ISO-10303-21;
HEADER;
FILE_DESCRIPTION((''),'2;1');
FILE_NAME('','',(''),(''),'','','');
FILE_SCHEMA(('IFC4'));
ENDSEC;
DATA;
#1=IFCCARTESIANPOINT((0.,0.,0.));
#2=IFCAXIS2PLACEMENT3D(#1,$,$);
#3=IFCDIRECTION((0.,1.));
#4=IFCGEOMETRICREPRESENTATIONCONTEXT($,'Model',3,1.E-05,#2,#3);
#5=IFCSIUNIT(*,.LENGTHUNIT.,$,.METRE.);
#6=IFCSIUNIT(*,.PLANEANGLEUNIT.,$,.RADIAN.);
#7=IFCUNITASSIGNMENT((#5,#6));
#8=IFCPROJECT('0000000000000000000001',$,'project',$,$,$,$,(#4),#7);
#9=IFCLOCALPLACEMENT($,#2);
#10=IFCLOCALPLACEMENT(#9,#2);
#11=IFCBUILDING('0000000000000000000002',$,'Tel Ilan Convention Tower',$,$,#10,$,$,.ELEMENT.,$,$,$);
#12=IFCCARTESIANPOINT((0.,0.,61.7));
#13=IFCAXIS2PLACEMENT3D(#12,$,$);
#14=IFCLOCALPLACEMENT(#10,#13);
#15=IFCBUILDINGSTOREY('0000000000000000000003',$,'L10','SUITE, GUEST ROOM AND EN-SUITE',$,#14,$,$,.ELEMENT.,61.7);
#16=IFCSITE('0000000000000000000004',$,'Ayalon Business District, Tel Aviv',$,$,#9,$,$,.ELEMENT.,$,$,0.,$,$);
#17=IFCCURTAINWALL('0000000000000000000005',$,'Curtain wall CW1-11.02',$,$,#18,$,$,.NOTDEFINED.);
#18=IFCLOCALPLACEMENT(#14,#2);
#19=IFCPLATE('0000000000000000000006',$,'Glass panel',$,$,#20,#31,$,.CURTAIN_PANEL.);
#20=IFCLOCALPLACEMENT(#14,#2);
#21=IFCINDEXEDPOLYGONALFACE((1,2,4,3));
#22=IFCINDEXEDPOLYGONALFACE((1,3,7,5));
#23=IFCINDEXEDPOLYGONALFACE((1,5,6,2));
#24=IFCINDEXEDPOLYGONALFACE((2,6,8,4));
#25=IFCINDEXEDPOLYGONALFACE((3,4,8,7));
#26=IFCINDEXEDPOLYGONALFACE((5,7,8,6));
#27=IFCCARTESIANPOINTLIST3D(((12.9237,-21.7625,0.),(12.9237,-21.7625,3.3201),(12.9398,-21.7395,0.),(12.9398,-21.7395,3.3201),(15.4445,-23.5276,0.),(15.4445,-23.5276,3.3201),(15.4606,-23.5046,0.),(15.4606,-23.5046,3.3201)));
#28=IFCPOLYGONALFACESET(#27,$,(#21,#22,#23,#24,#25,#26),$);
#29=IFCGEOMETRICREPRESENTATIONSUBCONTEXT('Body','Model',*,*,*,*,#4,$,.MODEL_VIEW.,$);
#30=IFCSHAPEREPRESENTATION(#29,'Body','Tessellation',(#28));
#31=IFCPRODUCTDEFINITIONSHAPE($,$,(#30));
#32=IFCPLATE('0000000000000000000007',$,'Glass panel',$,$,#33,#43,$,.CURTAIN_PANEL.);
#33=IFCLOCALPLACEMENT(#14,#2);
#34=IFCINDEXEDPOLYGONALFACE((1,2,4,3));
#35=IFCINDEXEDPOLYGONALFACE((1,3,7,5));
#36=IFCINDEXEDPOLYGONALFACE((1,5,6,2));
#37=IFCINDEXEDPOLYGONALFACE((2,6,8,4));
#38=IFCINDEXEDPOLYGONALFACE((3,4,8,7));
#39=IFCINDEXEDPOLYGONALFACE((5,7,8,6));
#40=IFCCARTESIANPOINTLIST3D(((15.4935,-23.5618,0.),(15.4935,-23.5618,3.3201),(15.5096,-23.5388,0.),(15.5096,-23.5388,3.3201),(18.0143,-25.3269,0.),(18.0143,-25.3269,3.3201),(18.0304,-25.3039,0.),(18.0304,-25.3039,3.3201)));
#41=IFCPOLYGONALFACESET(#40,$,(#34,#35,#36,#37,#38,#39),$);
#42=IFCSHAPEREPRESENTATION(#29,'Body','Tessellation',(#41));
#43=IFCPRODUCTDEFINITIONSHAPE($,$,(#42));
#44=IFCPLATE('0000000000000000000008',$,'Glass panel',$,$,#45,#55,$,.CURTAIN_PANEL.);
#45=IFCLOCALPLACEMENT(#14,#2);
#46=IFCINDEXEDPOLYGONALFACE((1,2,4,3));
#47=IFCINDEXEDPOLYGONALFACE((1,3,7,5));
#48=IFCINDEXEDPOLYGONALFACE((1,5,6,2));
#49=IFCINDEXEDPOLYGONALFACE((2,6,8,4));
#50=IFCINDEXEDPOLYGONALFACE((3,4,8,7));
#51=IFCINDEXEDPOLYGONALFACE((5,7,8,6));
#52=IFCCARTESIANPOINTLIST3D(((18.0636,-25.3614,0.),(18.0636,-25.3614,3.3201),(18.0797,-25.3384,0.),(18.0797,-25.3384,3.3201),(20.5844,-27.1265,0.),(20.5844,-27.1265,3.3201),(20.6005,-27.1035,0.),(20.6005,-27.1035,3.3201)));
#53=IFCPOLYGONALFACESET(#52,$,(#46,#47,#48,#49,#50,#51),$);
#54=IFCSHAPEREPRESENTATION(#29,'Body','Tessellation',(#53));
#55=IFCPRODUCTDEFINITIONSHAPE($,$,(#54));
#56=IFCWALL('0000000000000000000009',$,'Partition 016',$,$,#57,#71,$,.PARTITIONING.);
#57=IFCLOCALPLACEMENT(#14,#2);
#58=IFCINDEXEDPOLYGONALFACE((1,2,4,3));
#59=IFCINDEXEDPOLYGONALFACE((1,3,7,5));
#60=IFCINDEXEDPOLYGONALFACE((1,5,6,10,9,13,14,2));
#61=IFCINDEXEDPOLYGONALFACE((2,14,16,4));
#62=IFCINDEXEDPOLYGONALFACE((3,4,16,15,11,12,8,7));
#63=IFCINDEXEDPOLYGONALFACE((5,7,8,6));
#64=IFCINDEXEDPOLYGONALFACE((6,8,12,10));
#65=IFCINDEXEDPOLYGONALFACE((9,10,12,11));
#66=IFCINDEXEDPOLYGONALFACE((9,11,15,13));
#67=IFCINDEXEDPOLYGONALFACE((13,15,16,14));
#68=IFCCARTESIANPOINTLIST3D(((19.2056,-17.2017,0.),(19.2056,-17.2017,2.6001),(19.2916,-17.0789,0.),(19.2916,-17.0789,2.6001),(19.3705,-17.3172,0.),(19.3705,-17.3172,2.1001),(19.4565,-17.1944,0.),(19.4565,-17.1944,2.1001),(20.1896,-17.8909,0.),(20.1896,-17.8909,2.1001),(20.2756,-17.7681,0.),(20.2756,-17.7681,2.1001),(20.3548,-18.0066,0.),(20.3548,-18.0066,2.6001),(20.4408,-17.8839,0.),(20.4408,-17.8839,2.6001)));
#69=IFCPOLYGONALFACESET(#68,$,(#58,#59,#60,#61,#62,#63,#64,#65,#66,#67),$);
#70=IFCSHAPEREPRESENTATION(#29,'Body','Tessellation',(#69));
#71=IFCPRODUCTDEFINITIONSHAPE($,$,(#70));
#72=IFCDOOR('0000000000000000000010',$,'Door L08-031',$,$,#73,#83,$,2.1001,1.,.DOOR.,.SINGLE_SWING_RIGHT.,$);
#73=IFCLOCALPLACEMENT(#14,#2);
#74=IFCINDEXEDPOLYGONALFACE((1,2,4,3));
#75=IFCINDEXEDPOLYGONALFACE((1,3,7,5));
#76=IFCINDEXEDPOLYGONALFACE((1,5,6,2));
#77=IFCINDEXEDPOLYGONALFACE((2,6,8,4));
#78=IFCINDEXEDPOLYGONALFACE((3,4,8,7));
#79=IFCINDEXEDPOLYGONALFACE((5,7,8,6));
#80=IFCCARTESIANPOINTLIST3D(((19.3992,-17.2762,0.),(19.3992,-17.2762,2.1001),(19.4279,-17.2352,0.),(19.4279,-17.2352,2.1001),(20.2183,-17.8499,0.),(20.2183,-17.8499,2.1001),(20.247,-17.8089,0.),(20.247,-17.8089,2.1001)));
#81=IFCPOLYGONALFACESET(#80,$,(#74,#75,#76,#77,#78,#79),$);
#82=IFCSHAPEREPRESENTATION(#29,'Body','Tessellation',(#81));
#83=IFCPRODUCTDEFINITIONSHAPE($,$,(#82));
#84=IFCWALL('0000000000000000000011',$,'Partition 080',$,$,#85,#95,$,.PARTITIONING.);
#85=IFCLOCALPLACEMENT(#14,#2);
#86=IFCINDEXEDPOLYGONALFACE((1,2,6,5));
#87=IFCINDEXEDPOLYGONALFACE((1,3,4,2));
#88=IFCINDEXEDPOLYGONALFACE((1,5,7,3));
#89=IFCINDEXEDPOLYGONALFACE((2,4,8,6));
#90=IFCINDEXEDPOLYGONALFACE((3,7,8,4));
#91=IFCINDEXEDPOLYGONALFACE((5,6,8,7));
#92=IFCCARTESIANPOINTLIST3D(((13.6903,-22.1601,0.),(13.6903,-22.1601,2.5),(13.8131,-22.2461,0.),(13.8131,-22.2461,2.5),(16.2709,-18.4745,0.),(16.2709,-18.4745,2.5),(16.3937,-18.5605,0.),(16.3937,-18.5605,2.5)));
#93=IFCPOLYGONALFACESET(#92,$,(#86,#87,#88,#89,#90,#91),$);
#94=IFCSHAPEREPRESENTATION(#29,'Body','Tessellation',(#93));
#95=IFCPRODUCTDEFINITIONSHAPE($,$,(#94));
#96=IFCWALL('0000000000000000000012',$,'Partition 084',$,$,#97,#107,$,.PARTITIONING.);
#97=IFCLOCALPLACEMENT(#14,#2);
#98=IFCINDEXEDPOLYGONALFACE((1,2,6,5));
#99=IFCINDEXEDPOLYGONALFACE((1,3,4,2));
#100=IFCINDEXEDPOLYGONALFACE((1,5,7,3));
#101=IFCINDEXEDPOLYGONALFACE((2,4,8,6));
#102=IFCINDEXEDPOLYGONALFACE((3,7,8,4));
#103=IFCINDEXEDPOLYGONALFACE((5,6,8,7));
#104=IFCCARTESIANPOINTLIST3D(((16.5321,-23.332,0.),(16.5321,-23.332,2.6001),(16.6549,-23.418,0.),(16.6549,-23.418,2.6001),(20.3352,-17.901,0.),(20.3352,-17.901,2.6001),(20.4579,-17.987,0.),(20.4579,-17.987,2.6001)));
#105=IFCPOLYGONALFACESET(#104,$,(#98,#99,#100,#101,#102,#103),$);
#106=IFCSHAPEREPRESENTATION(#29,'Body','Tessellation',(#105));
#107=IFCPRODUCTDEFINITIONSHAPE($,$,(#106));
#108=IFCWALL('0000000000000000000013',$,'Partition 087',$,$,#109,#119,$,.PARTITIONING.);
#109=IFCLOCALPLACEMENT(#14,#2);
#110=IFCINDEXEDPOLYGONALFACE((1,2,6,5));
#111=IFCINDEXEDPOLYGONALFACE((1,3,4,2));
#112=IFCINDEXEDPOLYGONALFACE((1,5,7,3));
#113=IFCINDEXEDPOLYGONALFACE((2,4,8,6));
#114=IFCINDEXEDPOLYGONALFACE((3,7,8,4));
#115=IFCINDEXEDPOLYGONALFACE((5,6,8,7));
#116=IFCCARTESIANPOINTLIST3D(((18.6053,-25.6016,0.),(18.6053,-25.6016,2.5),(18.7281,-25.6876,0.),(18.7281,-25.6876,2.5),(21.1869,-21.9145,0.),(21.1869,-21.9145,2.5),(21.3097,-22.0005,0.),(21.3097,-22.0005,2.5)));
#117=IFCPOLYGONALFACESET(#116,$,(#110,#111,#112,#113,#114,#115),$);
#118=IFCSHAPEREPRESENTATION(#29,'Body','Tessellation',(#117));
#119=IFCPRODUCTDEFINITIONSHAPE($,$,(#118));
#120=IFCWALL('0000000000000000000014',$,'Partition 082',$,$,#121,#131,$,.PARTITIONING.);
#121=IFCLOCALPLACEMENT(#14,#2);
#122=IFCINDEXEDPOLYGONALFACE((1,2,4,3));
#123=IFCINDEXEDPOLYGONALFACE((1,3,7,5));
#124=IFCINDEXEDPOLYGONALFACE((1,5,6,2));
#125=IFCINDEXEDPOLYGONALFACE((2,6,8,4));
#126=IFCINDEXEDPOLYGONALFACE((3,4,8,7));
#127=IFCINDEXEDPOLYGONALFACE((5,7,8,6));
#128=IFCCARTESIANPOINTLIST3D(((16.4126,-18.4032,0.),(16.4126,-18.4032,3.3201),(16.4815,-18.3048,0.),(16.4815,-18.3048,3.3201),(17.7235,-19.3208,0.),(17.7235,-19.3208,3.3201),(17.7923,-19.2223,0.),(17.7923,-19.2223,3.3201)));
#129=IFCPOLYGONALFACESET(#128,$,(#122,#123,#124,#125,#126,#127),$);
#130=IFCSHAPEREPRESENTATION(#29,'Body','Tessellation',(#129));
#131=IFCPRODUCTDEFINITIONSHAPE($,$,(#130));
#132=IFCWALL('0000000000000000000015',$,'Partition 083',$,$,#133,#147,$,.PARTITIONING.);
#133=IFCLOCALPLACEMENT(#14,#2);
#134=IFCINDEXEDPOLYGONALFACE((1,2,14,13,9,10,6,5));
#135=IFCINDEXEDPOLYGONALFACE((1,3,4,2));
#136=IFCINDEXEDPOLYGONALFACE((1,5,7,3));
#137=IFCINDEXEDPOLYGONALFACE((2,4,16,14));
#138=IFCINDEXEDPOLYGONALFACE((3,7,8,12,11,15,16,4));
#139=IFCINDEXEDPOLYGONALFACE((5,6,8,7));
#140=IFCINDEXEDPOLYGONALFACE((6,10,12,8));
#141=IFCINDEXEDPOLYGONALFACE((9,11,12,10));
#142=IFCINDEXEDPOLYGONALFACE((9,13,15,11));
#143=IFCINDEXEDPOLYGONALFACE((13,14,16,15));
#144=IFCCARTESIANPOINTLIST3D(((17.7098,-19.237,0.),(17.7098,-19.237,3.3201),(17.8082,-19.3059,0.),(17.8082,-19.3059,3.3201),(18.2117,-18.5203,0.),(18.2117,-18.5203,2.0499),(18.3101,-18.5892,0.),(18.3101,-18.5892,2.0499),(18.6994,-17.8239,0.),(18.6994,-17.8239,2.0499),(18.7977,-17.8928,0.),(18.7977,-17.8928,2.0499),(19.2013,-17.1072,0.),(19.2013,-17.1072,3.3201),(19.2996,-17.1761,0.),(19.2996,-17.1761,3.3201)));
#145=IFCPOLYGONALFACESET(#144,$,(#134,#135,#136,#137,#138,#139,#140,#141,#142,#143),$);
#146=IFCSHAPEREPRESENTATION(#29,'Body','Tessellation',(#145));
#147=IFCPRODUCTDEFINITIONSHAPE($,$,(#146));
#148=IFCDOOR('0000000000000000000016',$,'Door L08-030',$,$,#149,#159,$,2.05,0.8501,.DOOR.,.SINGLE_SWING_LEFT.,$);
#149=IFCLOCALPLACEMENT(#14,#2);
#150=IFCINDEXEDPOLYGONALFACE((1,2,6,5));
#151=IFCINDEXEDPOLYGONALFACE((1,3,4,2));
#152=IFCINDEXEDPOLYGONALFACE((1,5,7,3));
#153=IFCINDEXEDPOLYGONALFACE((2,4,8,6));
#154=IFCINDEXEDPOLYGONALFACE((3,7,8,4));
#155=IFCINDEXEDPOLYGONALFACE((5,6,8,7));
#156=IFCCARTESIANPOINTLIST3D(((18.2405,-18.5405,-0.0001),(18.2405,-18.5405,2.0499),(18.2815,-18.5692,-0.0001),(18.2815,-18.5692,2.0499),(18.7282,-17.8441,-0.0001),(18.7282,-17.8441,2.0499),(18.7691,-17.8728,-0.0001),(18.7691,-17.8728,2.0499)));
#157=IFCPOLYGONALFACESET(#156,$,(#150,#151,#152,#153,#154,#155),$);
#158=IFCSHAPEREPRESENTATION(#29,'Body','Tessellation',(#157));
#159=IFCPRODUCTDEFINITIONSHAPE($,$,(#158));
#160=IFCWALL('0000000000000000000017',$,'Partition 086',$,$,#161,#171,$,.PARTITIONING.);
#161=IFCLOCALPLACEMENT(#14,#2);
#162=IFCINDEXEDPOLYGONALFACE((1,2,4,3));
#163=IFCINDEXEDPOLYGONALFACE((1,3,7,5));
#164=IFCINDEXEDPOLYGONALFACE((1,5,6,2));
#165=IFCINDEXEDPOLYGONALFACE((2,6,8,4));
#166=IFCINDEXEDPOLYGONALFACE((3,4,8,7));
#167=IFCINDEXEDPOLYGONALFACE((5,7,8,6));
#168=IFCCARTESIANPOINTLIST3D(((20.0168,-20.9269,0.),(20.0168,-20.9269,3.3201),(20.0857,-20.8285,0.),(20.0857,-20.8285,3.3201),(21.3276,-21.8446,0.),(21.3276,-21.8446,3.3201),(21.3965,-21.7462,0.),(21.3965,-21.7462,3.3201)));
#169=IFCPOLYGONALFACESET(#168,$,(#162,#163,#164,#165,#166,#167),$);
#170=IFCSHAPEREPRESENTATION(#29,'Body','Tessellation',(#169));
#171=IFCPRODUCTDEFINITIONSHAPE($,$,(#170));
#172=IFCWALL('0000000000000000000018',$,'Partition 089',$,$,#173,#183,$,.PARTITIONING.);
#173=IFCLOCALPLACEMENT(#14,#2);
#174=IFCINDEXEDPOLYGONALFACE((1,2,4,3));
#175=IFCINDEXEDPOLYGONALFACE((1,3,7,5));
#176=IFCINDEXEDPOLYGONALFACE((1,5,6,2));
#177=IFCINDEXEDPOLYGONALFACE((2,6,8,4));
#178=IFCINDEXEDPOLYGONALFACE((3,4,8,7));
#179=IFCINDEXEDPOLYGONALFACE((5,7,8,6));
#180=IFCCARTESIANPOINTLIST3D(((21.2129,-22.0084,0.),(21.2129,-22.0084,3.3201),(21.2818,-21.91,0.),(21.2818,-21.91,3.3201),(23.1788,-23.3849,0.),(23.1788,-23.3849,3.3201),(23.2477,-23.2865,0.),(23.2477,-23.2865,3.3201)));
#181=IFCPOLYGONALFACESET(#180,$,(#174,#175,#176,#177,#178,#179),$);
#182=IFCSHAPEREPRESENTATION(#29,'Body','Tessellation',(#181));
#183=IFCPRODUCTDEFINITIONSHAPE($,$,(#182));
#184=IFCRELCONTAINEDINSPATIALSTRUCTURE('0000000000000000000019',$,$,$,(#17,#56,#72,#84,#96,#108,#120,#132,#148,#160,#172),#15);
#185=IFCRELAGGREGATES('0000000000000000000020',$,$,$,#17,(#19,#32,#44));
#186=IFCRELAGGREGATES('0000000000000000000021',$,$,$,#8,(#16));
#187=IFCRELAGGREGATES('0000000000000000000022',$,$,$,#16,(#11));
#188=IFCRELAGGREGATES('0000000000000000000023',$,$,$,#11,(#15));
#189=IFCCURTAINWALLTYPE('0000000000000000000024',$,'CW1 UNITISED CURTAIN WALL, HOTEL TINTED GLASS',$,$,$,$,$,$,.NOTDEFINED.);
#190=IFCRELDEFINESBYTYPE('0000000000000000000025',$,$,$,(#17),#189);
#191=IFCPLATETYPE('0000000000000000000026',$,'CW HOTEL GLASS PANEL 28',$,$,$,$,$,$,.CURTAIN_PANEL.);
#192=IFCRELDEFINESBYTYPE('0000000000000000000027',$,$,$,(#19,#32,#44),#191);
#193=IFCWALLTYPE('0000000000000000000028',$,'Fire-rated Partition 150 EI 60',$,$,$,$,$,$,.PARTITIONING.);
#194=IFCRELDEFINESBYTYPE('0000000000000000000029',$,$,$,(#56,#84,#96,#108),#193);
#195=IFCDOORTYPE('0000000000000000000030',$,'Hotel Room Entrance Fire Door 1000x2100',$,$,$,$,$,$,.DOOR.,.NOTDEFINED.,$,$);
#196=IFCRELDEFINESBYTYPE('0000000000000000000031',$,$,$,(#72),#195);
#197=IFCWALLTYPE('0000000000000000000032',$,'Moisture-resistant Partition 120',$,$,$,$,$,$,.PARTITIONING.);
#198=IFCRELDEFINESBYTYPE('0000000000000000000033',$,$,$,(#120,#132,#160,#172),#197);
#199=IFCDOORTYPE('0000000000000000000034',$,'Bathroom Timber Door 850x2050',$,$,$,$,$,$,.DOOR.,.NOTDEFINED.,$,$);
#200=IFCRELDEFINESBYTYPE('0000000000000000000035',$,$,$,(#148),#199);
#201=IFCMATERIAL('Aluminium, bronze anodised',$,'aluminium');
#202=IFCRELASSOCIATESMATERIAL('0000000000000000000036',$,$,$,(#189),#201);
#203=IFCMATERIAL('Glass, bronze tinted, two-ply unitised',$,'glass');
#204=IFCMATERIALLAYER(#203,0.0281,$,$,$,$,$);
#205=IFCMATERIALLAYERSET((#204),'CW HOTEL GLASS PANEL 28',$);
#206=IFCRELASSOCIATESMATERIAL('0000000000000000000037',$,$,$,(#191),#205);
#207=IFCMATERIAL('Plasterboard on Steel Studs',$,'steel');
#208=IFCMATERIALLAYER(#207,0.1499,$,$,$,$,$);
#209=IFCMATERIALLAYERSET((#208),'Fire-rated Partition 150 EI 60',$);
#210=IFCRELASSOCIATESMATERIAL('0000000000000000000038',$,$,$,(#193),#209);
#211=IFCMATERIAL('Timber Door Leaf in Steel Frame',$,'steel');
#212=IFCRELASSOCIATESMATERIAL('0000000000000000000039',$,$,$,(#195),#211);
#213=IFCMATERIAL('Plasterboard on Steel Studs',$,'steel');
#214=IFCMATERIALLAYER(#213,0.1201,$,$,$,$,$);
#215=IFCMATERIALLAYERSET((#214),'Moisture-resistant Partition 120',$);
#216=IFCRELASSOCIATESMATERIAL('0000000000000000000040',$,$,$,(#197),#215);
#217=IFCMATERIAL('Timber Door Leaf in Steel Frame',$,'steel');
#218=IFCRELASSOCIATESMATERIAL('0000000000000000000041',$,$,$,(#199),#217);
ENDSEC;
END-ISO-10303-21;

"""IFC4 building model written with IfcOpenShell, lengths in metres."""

from ifc_helpers import new_model, si_unit, direction, frame, frame_2d, origin, origin_2d, place, context, subcontext, project, spatial, rectangle, extrude, material, layer, layer_set, type_object, element, fill, aggregate, save


model = new_model("IFC4")

# Units and contexts
model_context = context("Model", 3, precision=1e-05, world=origin(), true_north=direction((0.0, 1.0)))
body_context = subcontext(model_context, "Body", "Model", "MODEL_VIEW")
ifc_project = project(units=[si_unit("LENGTHUNIT", "METRE"), si_unit("PLANEANGLEUNIT", "RADIAN")], contexts=[model_context])

# Site, building, storey
site_placement = place(None, origin())
site = spatial("IfcSite", under=ifc_project, at=site_placement, Name="Ayalon Business District, Tel Aviv", CompositionType="ELEMENT", RefElevation=0.0)
building_placement = place(site_placement, origin())
building = spatial("IfcBuilding", under=site, at=building_placement, Name="Tel Ilan Convention Tower", CompositionType="ELEMENT")
storey_placement = place(building_placement, frame((0.0, 0.0, 61.7)))
storey = spatial("IfcBuildingStorey", under=building, at=storey_placement, Name="L10", Description="SUITE, GUEST ROOM AND EN-SUITE", CompositionType="ELEMENT", Elevation=61.7)

# Curtain wall, plates
ifc_material_1 = material(Name="Aluminium, bronze anodised", Category="aluminium")
curtain_wall_type = type_object("IfcCurtainWallType", Name="CW1 UNITISED CURTAIN WALL, HOTEL TINTED GLASS", PredefinedType="NOTDEFINED", material=ifc_material_1)
curtain_wall_placement = place(storey_placement, origin())
curtain_wall = element("IfcCurtainWall", 1, at=curtain_wall_placement, inside=storey, type_object=curtain_wall_type, Name="Curtain wall CW1-11.02", PredefinedType="NOTDEFINED")
ifc_material_2 = material(Name="Glass, bronze tinted, two-ply unitised", Category="glass")
ifc_layer_1 = layer(ifc_material_2, 0.0281)
ifc_layer_set_1 = layer_set([ifc_layer_1], Name="CW HOTEL GLASS PANEL 28")
plate_type = type_object("IfcPlateType", Name="CW HOTEL GLASS PANEL 28", PredefinedType="CURTAIN_PANEL", material=ifc_layer_set_1)
plate_1_placement = place(storey_placement, frame((14.1921, -22.6335, 0.0), z_axis=(0.0, 0.0, 1.0), x_axis=(0.819152, -0.573576, 0.0)))
plate_1 = element("IfcPlate", 2, at=plate_1_placement, type_object=plate_type, Name="Glass panel", PredefinedType="CURTAIN_PANEL", context=body_context, shape_type="SweptSolid", body=[
    extrude(rectangle(XDim=3.0774, YDim=0.0281, at=origin_2d()), origin(), (0.0, 0.0, 1.0), 3.3201),
])
plate_2_placement = place(storey_placement, frame((16.762, -24.4329, 0.0), z_axis=(0.0, 0.0, 1.0), x_axis=(0.819152, -0.573576, 0.0)))
plate_2 = element("IfcPlate", 3, at=plate_2_placement, type_object=plate_type, Name="Glass panel", PredefinedType="CURTAIN_PANEL", context=body_context, shape_type="SweptSolid", body=[
    extrude(rectangle(XDim=3.0774, YDim=0.0281, at=origin_2d()), origin(), (0.0, 0.0, 1.0), 3.3201),
])
plate_3_placement = place(storey_placement, frame((19.332, -26.2324, 0.0), z_axis=(0.0, 0.0, 1.0), x_axis=(0.819152, -0.573576, 0.0)))
plate_3 = element("IfcPlate", 4, at=plate_3_placement, type_object=plate_type, Name="Glass panel", PredefinedType="CURTAIN_PANEL", context=body_context, shape_type="SweptSolid", body=[
    extrude(rectangle(XDim=3.0774, YDim=0.0281, at=origin_2d()), origin(), (0.0, 0.0, 1.0), 3.3201),
])
aggregate(curtain_wall, [plate_1, plate_2, plate_3])

# Wall, opening, door
ifc_material_3 = material(Name="Plasterboard on Steel Studs", Category="steel")
ifc_layer_2 = layer(ifc_material_3, 0.1499)
ifc_layer_set_2 = layer_set([ifc_layer_2], Name="Fire-rated Partition 150 EI 60")
wall_type_1 = type_object("IfcWallType", Name="Fire-rated Partition 150 EI 60", PredefinedType="PARTITIONING", material=ifc_layer_set_2)
wall_1_placement = place(storey_placement, frame((20.3979, -17.9453, 0.0), z_axis=(0.0, 0.0, 1.0), x_axis=(-0.81906, 0.573708, 0.0)))
wall_1 = element("IfcWall", 5, at=wall_1_placement, inside=storey, type_object=wall_type_1, Name="Partition 016", PredefinedType="PARTITIONING", context=body_context, shape_type="SweptSolid", body=[
    extrude(rectangle(XDim=1.4031, YDim=0.1499, at=frame_2d((0.7017, 0.0))), origin(), (0.0, 0.0, 1.0), 2.6001),
])
opening_1_placement = place(wall_1_placement, frame((0.2019, 0.0, 0.0)))
opening_1 = element("IfcOpeningElement", 6, at=opening_1_placement, cuts=wall_1, PredefinedType="OPENING", context=body_context, shape_type="SweptSolid", body=[
    extrude(rectangle(XDim=1.0, YDim=2.1001, at=frame_2d((0.5, 1.05))), frame((0.0, 0.085, 0.0), z_axis=(0.0, -1.0, 0.0), x_axis=(1.0, 0.0, 0.0)), (0.0, 0.0, 1.0), 0.1699),
])
ifc_material_4 = material(Name="Timber Door Leaf in Steel Frame", Category="steel")
door_type_1 = type_object("IfcDoorType", Name="Hotel Room Entrance Fire Door 1000x2100", OperationType="NOTDEFINED", PredefinedType="DOOR", material=ifc_material_4)
door_1_placement = place(opening_1_placement, origin())
door_1 = element("IfcDoor", 7, at=door_1_placement, inside=storey, type_object=door_type_1, Name="Door L08-031", OperationType="SINGLE_SWING_RIGHT", OverallHeight=2.1001, OverallWidth=1.0, PredefinedType="DOOR", context=body_context, shape_type="SweptSolid", body=[
    extrude(rectangle(XDim=1.0, YDim=2.1001, at=frame_2d((0.5, 1.05))), frame((0.0, 0.0249, 0.0), z_axis=(0.0, -1.0, 0.0), x_axis=(1.0, 0.0, 0.0)), (0.0, 0.0, 1.0), 0.05),
])
fill(opening_1, door_1)

# Walls
wall_2_placement = place(storey_placement, frame((16.3323, -18.5176, 0.0), z_axis=(0.0, 0.0, 1.0), x_axis=(-0.573564, -0.819161, 0.0)))
element("IfcWall", 8, at=wall_2_placement, inside=storey, type_object=wall_type_1, Name="Partition 080", PredefinedType="PARTITIONING", context=body_context, shape_type="SweptSolid", body=[
    extrude(rectangle(XDim=4.4993, YDim=0.1499, at=frame_2d((2.2495, 0.0))), origin(), (0.0, 0.0, 1.0), 2.5),
])
wall_3_placement = place(storey_placement, frame((20.3965, -17.9441, 0.0), z_axis=(0.0, 0.0, 1.0), x_axis=(-0.573598, -0.819137, 0.0)))
element("IfcWall", 9, at=wall_3_placement, inside=storey, type_object=wall_type_1, Name="Partition 084", PredefinedType="PARTITIONING", context=body_context, shape_type="SweptSolid", body=[
    extrude(rectangle(XDim=6.6301, YDim=0.1499, at=frame_2d((3.3149, 0.0))), origin(), (0.0, 0.0, 1.0), 2.6001),
])
wall_4_placement = place(storey_placement, frame((21.2483, -21.9575, 0.0), z_axis=(0.0, 0.0, 1.0), x_axis=(-0.573557, -0.819166, 0.0)))
element("IfcWall", 10, at=wall_4_placement, inside=storey, type_object=wall_type_1, Name="Partition 087", PredefinedType="PARTITIONING", context=body_context, shape_type="SweptSolid", body=[
    extrude(rectangle(XDim=4.501, YDim=0.1499, at=frame_2d((2.2505, 0.0))), origin(), (0.0, 0.0, 1.0), 2.5),
])
ifc_material_5 = material(Name="Plasterboard on Steel Studs", Category="steel")
ifc_layer_3 = layer(ifc_material_5, 0.1201)
ifc_layer_set_3 = layer_set([ifc_layer_3], Name="Moisture-resistant Partition 120")
wall_type_2 = type_object("IfcWallType", Name="Moisture-resistant Partition 120", PredefinedType="PARTITIONING", material=ifc_layer_set_3)
wall_5_placement = place(storey_placement, frame((16.447, -18.354, 0.0), z_axis=(0.0, 0.0, 1.0), x_axis=(0.819253, -0.573432, 0.0)))
element("IfcWall", 11, at=wall_5_placement, inside=storey, type_object=wall_type_2, Name="Partition 082", PredefinedType="PARTITIONING", context=body_context, shape_type="SweptSolid", body=[
    extrude(rectangle(XDim=1.6001, YDim=0.1201, at=frame_2d((0.8, 0.0))), origin(), (0.0, 0.0, 1.0), 3.3201),
])

# Wall, opening, door
wall_6_placement = place(storey_placement, frame((17.759, -19.2715, 0.0), z_axis=(0.0, 0.0, 1.0), x_axis=(0.573601, 0.819135, 0.0)))
wall_6 = element("IfcWall", 12, at=wall_6_placement, inside=storey, type_object=wall_type_2, Name="Partition 083", PredefinedType="PARTITIONING", context=body_context, shape_type="SweptSolid", body=[
    extrude(rectangle(XDim=2.6001, YDim=0.1201, at=frame_2d((1.3, 0.0))), origin(), (0.0, 0.0, 1.0), 3.3201),
])
opening_2_placement = place(wall_6_placement, frame((0.875, 0.0, 0.0)))
opening_2 = element("IfcOpeningElement", 13, at=opening_2_placement, cuts=wall_6, PredefinedType="OPENING", context=body_context, shape_type="SweptSolid", body=[
    extrude(rectangle(XDim=0.8501, YDim=2.05, at=frame_2d((0.425, 1.0249))), frame((0.0, 0.0701, 0.0), z_axis=(0.0, -1.0, 0.0), x_axis=(1.0, 0.0, 0.0)), (0.0, 0.0, 1.0), 0.1401),
])
ifc_material_6 = material(Name="Timber Door Leaf in Steel Frame", Category="steel")
door_type_2 = type_object("IfcDoorType", Name="Bathroom Timber Door 850x2050", OperationType="NOTDEFINED", PredefinedType="DOOR", material=ifc_material_6)
door_2_placement = place(opening_2_placement, origin())
door_2 = element("IfcDoor", 14, at=door_2_placement, inside=storey, type_object=door_type_2, Name="Door L08-030", OperationType="SINGLE_SWING_LEFT", OverallHeight=2.05, OverallWidth=0.8501, PredefinedType="DOOR", context=body_context, shape_type="SweptSolid", body=[
    extrude(rectangle(XDim=0.8501, YDim=2.05, at=frame_2d((0.425, 1.0249))), frame((0.0, 0.0249, 0.0), z_axis=(0.0, -1.0, 0.0), x_axis=(1.0, 0.0, 0.0)), (0.0, 0.0, 1.0), 0.05),
])
fill(opening_2, door_2)

# Walls
wall_7_placement = place(storey_placement, frame((20.0513, -20.8777, 0.0), z_axis=(0.0, 0.0, 1.0), x_axis=(0.819182, -0.573534, 0.0)))
element("IfcWall", 15, at=wall_7_placement, inside=storey, type_object=wall_type_2, Name="Partition 086", PredefinedType="PARTITIONING", context=body_context, shape_type="SweptSolid", body=[
    extrude(rectangle(XDim=1.6001, YDim=0.1201, at=frame_2d((0.8, 0.0))), origin(), (0.0, 0.0, 1.0), 3.3201),
])
wall_8_placement = place(storey_placement, frame((21.2473, -21.9592, 0.0), z_axis=(0.0, 0.0, 1.0), x_axis=(0.819155, -0.573572, 0.0)))
element("IfcWall", 16, at=wall_8_placement, inside=storey, type_object=wall_type_2, Name="Partition 089", PredefinedType="PARTITIONING", context=body_context, shape_type="SweptSolid", body=[
    extrude(rectangle(XDim=2.3999, YDim=0.1201, at=frame_2d((1.2, 0.0))), origin(), (0.0, 0.0, 1.0), 3.3201),
])

save(model, "model.ifc")
